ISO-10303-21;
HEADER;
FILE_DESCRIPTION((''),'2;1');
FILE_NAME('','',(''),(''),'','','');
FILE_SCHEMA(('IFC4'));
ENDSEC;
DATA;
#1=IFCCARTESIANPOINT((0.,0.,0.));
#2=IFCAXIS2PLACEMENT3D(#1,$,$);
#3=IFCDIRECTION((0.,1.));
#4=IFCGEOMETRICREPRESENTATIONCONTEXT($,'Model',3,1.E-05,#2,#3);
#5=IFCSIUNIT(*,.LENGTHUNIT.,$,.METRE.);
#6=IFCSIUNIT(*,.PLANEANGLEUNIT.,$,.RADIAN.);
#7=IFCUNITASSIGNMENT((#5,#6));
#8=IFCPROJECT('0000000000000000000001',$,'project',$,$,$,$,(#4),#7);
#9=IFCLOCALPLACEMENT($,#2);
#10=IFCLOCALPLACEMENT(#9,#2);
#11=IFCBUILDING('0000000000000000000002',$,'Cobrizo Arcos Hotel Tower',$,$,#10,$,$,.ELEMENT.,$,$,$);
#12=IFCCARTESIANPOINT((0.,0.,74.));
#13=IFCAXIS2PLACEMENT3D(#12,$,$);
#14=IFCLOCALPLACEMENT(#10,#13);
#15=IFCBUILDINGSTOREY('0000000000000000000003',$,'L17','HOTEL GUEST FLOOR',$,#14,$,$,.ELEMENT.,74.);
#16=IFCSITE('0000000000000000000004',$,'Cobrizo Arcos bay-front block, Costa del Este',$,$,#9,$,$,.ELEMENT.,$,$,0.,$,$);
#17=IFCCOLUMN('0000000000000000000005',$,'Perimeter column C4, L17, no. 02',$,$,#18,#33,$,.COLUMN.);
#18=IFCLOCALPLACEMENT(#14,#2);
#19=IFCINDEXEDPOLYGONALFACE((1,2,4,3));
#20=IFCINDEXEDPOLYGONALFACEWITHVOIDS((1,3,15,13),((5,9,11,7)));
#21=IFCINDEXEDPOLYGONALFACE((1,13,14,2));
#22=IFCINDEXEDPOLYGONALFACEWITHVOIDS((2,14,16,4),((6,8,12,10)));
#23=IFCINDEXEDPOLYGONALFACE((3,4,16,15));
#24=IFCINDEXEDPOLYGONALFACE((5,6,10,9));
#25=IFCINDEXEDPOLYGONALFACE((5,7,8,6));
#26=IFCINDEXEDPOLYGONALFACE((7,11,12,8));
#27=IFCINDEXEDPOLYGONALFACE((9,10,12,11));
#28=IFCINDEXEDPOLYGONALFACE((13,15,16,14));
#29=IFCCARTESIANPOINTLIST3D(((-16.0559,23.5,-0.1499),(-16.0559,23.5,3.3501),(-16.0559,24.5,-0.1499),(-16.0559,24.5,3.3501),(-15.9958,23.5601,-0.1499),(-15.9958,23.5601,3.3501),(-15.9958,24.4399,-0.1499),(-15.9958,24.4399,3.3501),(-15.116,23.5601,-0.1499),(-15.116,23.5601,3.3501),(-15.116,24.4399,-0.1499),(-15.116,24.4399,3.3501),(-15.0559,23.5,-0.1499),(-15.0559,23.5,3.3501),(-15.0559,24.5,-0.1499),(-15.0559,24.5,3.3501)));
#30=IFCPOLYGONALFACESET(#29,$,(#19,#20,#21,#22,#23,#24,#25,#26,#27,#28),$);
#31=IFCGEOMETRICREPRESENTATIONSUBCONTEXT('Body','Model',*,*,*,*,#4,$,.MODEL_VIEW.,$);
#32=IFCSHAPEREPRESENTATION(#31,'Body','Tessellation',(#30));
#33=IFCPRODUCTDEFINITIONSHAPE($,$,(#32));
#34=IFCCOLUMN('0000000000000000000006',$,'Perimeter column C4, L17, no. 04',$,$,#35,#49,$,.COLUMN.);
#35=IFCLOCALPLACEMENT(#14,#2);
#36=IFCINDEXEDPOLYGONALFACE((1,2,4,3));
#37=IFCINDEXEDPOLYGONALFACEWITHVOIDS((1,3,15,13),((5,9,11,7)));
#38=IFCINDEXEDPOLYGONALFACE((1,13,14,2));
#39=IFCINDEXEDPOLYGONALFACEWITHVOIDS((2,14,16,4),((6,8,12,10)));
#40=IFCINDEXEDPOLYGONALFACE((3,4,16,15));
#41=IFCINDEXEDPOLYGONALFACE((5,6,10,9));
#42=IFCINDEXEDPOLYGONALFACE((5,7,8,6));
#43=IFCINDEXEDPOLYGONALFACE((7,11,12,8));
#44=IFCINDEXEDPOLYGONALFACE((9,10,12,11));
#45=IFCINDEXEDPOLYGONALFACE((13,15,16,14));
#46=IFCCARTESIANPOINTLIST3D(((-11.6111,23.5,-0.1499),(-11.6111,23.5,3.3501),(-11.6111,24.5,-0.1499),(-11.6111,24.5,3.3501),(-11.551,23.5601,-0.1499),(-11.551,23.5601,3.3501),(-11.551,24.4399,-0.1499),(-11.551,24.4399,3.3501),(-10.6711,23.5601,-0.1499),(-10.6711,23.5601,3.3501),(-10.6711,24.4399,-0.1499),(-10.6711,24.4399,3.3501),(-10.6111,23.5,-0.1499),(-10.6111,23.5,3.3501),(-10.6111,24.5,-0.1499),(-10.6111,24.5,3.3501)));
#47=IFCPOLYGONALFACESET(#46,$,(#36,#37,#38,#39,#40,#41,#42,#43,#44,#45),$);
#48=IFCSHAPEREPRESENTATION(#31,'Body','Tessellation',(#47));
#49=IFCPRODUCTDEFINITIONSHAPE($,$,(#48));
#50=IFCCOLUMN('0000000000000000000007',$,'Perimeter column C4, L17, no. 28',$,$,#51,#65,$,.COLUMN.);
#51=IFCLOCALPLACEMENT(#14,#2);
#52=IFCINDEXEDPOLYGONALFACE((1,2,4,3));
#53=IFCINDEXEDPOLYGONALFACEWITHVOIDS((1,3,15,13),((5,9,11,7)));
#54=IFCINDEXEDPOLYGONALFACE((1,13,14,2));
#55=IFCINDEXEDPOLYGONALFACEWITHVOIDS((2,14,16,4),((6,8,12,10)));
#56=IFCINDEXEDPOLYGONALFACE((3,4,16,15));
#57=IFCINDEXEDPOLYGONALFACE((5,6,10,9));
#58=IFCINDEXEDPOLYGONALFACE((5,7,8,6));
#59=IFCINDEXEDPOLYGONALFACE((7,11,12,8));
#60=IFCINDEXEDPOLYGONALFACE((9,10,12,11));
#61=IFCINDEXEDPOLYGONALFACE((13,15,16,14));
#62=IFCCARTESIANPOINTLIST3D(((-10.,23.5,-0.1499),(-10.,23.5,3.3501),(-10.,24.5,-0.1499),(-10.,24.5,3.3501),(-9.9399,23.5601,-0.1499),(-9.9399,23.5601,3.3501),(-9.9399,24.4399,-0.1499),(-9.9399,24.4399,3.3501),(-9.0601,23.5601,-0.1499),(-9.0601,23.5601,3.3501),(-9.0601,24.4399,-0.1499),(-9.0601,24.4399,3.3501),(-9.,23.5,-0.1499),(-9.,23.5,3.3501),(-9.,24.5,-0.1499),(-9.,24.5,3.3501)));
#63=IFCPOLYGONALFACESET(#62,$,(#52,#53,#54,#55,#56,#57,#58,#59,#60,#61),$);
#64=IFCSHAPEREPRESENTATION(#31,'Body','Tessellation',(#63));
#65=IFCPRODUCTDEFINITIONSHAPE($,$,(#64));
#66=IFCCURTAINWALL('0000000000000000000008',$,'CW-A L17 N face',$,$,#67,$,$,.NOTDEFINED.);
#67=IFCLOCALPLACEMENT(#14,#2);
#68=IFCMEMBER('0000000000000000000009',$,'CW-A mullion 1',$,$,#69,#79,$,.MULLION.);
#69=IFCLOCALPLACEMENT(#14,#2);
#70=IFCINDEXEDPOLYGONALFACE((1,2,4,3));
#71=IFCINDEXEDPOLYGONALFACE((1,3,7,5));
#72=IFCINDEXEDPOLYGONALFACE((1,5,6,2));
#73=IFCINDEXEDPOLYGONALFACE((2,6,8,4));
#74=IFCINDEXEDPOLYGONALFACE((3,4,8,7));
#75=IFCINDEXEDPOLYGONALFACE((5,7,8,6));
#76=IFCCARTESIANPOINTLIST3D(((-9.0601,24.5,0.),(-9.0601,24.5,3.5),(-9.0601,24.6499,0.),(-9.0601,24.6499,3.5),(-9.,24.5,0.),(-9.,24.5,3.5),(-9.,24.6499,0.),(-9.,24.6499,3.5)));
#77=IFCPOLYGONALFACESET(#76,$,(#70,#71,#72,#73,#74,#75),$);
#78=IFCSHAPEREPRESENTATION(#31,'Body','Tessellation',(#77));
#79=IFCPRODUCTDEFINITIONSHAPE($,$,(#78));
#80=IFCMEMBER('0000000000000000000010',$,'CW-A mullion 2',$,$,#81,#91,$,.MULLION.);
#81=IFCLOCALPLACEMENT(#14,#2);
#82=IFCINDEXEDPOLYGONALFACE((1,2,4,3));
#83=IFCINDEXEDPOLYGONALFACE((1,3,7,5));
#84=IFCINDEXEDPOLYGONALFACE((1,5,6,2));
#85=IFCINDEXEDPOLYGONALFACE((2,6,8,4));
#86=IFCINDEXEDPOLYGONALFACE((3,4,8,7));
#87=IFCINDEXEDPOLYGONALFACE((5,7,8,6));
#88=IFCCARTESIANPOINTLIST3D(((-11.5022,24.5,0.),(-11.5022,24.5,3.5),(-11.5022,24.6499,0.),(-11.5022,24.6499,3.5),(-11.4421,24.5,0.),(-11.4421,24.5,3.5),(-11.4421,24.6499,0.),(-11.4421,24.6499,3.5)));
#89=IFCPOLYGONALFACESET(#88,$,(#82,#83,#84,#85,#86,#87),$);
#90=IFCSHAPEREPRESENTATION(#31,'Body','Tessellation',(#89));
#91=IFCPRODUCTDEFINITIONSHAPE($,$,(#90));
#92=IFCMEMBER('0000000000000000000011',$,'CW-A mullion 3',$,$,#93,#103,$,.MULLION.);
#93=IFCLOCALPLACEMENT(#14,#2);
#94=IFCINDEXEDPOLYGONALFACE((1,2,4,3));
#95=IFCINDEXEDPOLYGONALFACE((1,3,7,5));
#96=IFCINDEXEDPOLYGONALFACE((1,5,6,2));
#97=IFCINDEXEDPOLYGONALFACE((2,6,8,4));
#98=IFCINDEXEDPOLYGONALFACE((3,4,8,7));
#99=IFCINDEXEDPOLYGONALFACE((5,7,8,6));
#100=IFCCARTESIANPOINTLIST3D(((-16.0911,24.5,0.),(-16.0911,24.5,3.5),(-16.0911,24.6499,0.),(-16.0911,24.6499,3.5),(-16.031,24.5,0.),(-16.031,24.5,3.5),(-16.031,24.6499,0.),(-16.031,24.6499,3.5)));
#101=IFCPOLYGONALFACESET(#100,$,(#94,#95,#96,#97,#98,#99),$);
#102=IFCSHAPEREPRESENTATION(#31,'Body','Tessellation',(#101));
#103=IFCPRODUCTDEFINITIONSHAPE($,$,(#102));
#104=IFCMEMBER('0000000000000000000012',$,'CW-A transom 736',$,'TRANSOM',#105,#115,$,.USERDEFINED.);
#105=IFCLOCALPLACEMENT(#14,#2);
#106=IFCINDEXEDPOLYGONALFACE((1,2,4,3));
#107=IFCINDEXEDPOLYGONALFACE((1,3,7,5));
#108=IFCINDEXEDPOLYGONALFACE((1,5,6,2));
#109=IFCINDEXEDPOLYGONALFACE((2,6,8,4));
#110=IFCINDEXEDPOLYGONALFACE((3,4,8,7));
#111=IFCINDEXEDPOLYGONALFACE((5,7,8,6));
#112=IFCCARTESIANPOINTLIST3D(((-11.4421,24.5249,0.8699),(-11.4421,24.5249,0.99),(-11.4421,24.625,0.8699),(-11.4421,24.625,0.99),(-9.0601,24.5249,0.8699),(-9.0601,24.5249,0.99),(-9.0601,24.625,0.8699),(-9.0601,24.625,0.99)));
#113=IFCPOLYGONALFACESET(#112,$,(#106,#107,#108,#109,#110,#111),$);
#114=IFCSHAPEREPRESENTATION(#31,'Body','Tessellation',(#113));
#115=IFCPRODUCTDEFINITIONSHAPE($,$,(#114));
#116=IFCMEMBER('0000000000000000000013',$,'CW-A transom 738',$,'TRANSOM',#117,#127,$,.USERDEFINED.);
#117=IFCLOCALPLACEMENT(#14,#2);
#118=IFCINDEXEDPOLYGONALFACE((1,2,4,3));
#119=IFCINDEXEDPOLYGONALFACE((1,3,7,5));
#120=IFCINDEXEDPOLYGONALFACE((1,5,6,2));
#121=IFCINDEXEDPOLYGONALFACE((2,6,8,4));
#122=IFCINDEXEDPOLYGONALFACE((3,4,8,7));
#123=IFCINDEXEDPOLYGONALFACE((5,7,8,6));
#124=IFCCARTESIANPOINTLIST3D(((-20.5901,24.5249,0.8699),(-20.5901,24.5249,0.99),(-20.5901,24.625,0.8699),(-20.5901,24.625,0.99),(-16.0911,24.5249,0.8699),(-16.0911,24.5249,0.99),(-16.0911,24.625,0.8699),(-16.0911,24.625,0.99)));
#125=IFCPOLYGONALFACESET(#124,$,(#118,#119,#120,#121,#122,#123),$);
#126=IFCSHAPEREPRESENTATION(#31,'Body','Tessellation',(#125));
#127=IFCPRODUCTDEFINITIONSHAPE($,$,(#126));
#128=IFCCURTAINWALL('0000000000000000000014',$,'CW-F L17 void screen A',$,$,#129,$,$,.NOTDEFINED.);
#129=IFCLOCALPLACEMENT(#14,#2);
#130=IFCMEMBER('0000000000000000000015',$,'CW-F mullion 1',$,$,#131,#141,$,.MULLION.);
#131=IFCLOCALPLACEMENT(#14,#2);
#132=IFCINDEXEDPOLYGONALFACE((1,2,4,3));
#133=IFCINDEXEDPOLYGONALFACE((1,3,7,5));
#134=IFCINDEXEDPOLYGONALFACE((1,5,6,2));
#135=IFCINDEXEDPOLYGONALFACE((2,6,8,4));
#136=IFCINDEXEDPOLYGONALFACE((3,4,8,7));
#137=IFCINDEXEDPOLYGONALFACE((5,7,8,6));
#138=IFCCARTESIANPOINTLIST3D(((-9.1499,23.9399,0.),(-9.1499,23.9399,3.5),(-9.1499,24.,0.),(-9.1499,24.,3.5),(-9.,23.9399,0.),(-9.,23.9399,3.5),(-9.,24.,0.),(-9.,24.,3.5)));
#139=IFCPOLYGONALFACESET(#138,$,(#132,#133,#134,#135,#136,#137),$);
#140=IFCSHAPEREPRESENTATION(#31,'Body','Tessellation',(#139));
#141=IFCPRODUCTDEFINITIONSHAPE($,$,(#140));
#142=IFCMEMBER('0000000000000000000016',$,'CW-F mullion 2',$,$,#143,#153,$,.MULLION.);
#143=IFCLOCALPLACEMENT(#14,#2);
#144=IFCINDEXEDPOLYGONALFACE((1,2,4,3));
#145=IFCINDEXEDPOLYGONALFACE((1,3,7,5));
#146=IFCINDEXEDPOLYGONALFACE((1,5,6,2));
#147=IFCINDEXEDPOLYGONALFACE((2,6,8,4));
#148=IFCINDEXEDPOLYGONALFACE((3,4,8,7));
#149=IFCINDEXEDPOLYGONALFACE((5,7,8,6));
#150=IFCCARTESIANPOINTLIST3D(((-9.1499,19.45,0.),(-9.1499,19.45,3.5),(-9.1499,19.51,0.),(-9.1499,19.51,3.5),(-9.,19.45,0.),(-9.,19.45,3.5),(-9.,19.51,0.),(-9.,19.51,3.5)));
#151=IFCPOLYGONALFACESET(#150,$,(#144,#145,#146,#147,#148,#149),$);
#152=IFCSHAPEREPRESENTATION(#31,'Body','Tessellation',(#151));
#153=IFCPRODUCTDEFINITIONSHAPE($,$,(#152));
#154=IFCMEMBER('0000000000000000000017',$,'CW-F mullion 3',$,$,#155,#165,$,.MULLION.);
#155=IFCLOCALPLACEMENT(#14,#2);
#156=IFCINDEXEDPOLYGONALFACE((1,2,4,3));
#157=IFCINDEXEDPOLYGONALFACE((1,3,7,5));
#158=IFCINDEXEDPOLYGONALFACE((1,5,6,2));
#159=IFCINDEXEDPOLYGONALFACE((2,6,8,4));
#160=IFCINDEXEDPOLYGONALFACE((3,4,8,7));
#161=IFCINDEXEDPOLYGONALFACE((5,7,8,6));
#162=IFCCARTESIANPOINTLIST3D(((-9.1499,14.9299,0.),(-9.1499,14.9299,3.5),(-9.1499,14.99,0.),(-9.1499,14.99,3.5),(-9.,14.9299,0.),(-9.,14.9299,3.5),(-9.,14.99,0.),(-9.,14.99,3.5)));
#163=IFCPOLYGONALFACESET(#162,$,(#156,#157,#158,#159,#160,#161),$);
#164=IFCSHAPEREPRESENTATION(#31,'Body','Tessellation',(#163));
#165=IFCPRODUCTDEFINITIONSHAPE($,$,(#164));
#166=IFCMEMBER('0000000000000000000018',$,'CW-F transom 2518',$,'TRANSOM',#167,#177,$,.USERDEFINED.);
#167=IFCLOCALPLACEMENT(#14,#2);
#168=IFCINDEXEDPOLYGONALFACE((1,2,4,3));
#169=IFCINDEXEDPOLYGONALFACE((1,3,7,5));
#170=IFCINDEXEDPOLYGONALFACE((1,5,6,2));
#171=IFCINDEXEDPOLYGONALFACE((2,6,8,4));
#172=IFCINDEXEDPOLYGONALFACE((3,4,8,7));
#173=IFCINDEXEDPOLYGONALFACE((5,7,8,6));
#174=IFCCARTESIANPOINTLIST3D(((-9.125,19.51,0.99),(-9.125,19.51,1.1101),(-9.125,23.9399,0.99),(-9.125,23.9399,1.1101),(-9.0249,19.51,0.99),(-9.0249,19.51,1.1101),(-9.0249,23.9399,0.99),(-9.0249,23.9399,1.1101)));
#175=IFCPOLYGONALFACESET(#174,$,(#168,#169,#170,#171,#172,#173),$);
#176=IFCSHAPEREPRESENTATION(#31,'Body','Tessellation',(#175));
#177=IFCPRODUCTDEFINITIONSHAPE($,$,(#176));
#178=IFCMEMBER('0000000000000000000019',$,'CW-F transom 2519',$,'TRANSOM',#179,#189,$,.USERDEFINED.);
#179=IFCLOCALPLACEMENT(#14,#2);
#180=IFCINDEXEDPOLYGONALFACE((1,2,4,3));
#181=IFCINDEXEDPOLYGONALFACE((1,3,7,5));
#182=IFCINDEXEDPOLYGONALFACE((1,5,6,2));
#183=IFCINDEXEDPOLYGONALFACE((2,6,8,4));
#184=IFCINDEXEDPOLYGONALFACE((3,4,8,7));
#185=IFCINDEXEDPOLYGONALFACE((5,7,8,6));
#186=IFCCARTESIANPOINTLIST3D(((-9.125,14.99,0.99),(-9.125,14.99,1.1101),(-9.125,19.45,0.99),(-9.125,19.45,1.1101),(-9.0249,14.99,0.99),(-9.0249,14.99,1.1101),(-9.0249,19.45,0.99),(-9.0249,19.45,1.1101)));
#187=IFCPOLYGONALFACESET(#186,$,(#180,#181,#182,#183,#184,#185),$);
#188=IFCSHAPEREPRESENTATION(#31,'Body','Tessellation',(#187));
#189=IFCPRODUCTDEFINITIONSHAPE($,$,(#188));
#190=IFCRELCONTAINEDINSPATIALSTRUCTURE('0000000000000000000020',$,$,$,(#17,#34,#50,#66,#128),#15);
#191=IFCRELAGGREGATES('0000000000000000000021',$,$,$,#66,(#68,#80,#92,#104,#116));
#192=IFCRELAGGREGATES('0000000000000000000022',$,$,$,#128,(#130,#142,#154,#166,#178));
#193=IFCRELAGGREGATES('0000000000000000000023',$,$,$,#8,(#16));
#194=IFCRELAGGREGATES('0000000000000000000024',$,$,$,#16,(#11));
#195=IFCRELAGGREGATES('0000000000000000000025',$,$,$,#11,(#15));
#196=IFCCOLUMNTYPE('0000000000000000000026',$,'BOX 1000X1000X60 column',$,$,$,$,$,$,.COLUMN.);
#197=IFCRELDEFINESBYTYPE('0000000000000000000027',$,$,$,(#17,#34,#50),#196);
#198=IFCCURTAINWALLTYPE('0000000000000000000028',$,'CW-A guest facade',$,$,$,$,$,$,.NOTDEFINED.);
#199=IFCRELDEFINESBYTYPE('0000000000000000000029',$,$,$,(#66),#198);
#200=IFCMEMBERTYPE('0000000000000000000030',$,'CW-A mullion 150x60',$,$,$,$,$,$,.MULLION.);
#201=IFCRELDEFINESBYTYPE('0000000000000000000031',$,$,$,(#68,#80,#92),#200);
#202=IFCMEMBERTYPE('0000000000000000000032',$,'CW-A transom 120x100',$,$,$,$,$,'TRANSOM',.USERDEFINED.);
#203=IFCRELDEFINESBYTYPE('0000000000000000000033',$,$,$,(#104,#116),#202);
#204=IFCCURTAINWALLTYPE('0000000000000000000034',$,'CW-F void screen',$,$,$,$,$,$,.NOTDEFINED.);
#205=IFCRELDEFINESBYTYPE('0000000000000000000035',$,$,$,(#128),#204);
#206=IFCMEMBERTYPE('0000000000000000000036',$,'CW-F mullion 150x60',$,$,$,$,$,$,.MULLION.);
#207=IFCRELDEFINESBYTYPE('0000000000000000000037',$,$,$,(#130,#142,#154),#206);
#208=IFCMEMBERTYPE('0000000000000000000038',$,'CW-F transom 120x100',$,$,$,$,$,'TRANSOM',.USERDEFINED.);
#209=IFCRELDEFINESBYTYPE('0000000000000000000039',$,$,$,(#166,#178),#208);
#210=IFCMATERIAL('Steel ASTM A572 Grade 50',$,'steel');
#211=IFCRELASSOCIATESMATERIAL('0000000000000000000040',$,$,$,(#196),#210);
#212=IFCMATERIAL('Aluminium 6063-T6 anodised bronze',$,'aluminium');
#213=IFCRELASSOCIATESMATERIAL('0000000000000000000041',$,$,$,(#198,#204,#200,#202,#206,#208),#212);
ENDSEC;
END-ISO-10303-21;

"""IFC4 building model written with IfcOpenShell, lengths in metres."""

from ifc_helpers import new_model, si_unit, direction, frame, origin, origin_2d, place, context, subcontext, project, spatial, rectangle, hollow_rectangle, extrude, material, material_profile, profile_set, type_object, element, aggregate, save


model = new_model("IFC4")

# Units and contexts
model_context = context("Model", 3, precision=1e-05, world=origin(), true_north=direction((0.0, 1.0)))
body_context = subcontext(model_context, "Body", "Model", "MODEL_VIEW")
ifc_project = project(units=[si_unit("LENGTHUNIT", "METRE"), si_unit("PLANEANGLEUNIT", "RADIAN")], contexts=[model_context])

# Site, building, storey
site_placement = place(None, origin())
site = spatial("IfcSite", under=ifc_project, at=site_placement, Name="Cobrizo Arcos bay-front block, Costa del Este", CompositionType="ELEMENT", RefElevation=0.0)
building_placement = place(site_placement, origin())
building = spatial("IfcBuilding", under=site, at=building_placement, Name="Cobrizo Arcos Hotel Tower", CompositionType="ELEMENT")
storey_placement = place(building_placement, frame((0.0, 0.0, 74.0)))
storey = spatial("IfcBuildingStorey", under=building, at=storey_placement, Name="L17", Description="HOTEL GUEST FLOOR", CompositionType="ELEMENT", Elevation=74.0)

# Columns
ifc_material_1 = material(Name="Steel ASTM A572 Grade 50", Category="steel")
ifc_material_profile_1 = material_profile(ifc_material_1, hollow_rectangle(XDim=1.0, YDim=1.0, WallThickness=0.0601, at=origin_2d()), Name="BOX 1000X1000X60")
ifc_profile_set_1 = profile_set([ifc_material_profile_1], Name="Steel ASTM A572 Grade 50")
column_type = type_object("IfcColumnType", Name="BOX 1000X1000X60 column", PredefinedType="COLUMN", material=ifc_profile_set_1)
for number, where, z_axis, x_axis, name in (
    (1, (-15.5559, 24.0, -0.1499), (0.0, 0.0, 1.0), (1.0, 0.0, 0.0), "Perimeter column C4, L17, no. 02"),
    (2, (-11.1111, 24.0, -0.1499), (0.0, 0.0, 1.0), (1.0, 0.0, 0.0), "Perimeter column C4, L17, no. 04"),
    (3, (-9.5, 24.0, -0.1499), (0.0, 0.0, 1.0), (1.0, 0.0, 0.0), "Perimeter column C4, L17, no. 28"),
):
    element("IfcColumn", number, at=place(storey_placement, frame(where, z_axis=z_axis, x_axis=x_axis)), inside=storey, type_object=column_type, Name=name, PredefinedType="COLUMN", context=body_context, shape_type="SweptSolid", body=[
        extrude(hollow_rectangle(XDim=1.0, YDim=1.0, WallThickness=0.0601, at=origin_2d()), origin(), (0.0, 0.0, 1.0), 3.5),
    ])

# Curtain walls, members
ifc_material_2 = material(Name="Aluminium 6063-T6 anodised bronze", Category="aluminium")
curtain_wall_type_1 = type_object("IfcCurtainWallType", Name="CW-A guest facade", PredefinedType="NOTDEFINED", material=ifc_material_2)
curtain_wall_1_placement = place(storey_placement, origin())
curtain_wall_1 = element("IfcCurtainWall", 4, at=curtain_wall_1_placement, inside=storey, type_object=curtain_wall_type_1, Name="CW-A L17 N face", PredefinedType="NOTDEFINED")
ifc_material_profile_2 = material_profile(ifc_material_2, rectangle(XDim=0.1499, YDim=0.0601, at=origin_2d()), Name="CW-A mullion 150x60")
ifc_profile_set_2 = profile_set([ifc_material_profile_2], Name="Aluminium 6063-T6 anodised bronze")
member_type_1 = type_object("IfcMemberType", Name="CW-A mullion 150x60", PredefinedType="MULLION", material=ifc_profile_set_2)
member_1_placement = place(storey_placement, frame((-9.03, 24.575, 0.0), z_axis=(0.0, 0.0, 1.0), x_axis=(0.0, 1.0, 0.0)))
member_1 = element("IfcMember", 5, at=member_1_placement, type_object=member_type_1, Name="CW-A mullion 1", PredefinedType="MULLION", context=body_context, shape_type="SweptSolid", body=[
    extrude(rectangle(XDim=0.1499, YDim=0.0601, at=origin_2d()), origin(), (0.0, 0.0, 1.0), 3.5),
])
member_2_placement = place(storey_placement, frame((-11.4722, 24.575, 0.0), z_axis=(0.0, 0.0, 1.0), x_axis=(0.0, 1.0, 0.0)))
member_2 = element("IfcMember", 6, at=member_2_placement, type_object=member_type_1, Name="CW-A mullion 2", PredefinedType="MULLION", context=body_context, shape_type="SweptSolid", body=[
    extrude(rectangle(XDim=0.1499, YDim=0.0601, at=origin_2d()), origin(), (0.0, 0.0, 1.0), 3.5),
])
member_3_placement = place(storey_placement, frame((-16.061, 24.575, 0.0), z_axis=(0.0, 0.0, 1.0), x_axis=(0.0, 1.0, 0.0)))
member_3 = element("IfcMember", 7, at=member_3_placement, type_object=member_type_1, Name="CW-A mullion 3", PredefinedType="MULLION", context=body_context, shape_type="SweptSolid", body=[
    extrude(rectangle(XDim=0.1499, YDim=0.0601, at=origin_2d()), origin(), (0.0, 0.0, 1.0), 3.5),
])
ifc_material_profile_3 = material_profile(ifc_material_2, rectangle(XDim=0.1001, YDim=0.1201, at=origin_2d()), Name="CW-A transom 120x100")
ifc_profile_set_3 = profile_set([ifc_material_profile_3], Name="Aluminium 6063-T6 anodised bronze")
member_type_2 = type_object("IfcMemberType", Name="CW-A transom 120x100", ElementType="TRANSOM", PredefinedType="USERDEFINED", material=ifc_profile_set_3)
member_4_placement = place(storey_placement, frame((-9.0601, 24.575, 0.9299), z_axis=(-1.0, 0.0, 0.0), x_axis=(0.0, -1.0, 0.0)))
member_4 = element("IfcMember", 8, at=member_4_placement, type_object=member_type_2, Name="CW-A transom 736", ObjectType="TRANSOM", PredefinedType="USERDEFINED", context=body_context, shape_type="SweptSolid", body=[
    extrude(rectangle(XDim=0.1001, YDim=0.1201, at=origin_2d()), origin(), (0.0, 0.0, 1.0), 2.3821),
])
member_5_placement = place(storey_placement, frame((-16.0911, 24.575, 0.9299), z_axis=(-1.0, 0.0, 0.0), x_axis=(0.0, -1.0, 0.0)))
member_5 = element("IfcMember", 9, at=member_5_placement, type_object=member_type_2, Name="CW-A transom 738", ObjectType="TRANSOM", PredefinedType="USERDEFINED", context=body_context, shape_type="SweptSolid", body=[
    extrude(rectangle(XDim=0.1001, YDim=0.1201, at=origin_2d()), origin(), (0.0, 0.0, 1.0), 4.499),
])
curtain_wall_type_2 = type_object("IfcCurtainWallType", Name="CW-F void screen", PredefinedType="NOTDEFINED", material=ifc_material_2)
curtain_wall_2_placement = place(storey_placement, origin())
curtain_wall_2 = element("IfcCurtainWall", 10, at=curtain_wall_2_placement, inside=storey, type_object=curtain_wall_type_2, Name="CW-F L17 void screen A", PredefinedType="NOTDEFINED")
ifc_material_profile_4 = material_profile(ifc_material_2, rectangle(XDim=0.1499, YDim=0.0601, at=origin_2d()), Name="CW-F mullion 150x60")
ifc_profile_set_4 = profile_set([ifc_material_profile_4], Name="Aluminium 6063-T6 anodised bronze")
member_type_3 = type_object("IfcMemberType", Name="CW-F mullion 150x60", PredefinedType="MULLION", material=ifc_profile_set_4)
member_6_placement = place(storey_placement, frame((-9.075, 23.97, 0.0), z_axis=(0.0, 0.0, 1.0), x_axis=(-1.0, 0.0, 0.0)))
member_6 = element("IfcMember", 11, at=member_6_placement, type_object=member_type_3, Name="CW-F mullion 1", PredefinedType="MULLION", context=body_context, shape_type="SweptSolid", body=[
    extrude(rectangle(XDim=0.1499, YDim=0.0601, at=origin_2d()), origin(), (0.0, 0.0, 1.0), 3.5),
])
member_7_placement = place(storey_placement, frame((-9.075, 19.48, 0.0), z_axis=(0.0, 0.0, 1.0), x_axis=(-1.0, 0.0, 0.0)))
member_7 = element("IfcMember", 12, at=member_7_placement, type_object=member_type_3, Name="CW-F mullion 2", PredefinedType="MULLION", context=body_context, shape_type="SweptSolid", body=[
    extrude(rectangle(XDim=0.1499, YDim=0.0601, at=origin_2d()), origin(), (0.0, 0.0, 1.0), 3.5),
])
member_8_placement = place(storey_placement, frame((-9.075, 14.96, 0.0), z_axis=(0.0, 0.0, 1.0), x_axis=(-1.0, 0.0, 0.0)))
member_8 = element("IfcMember", 13, at=member_8_placement, type_object=member_type_3, Name="CW-F mullion 3", PredefinedType="MULLION", context=body_context, shape_type="SweptSolid", body=[
    extrude(rectangle(XDim=0.1499, YDim=0.0601, at=origin_2d()), origin(), (0.0, 0.0, 1.0), 3.5),
])
ifc_material_profile_5 = material_profile(ifc_material_2, rectangle(XDim=0.1001, YDim=0.1201, at=origin_2d()), Name="CW-F transom 120x100")
ifc_profile_set_5 = profile_set([ifc_material_profile_5], Name="Aluminium 6063-T6 anodised bronze")
member_type_4 = type_object("IfcMemberType", Name="CW-F transom 120x100", ElementType="TRANSOM", PredefinedType="USERDEFINED", material=ifc_profile_set_5)
member_9_placement = place(storey_placement, frame((-9.075, 23.9399, 1.05), z_axis=(0.0, -1.0, 0.0), x_axis=(1.0, 0.0, 0.0)))
member_9 = element("IfcMember", 14, at=member_9_placement, type_object=member_type_4, Name="CW-F transom 2518", ObjectType="TRANSOM", PredefinedType="USERDEFINED", context=body_context, shape_type="SweptSolid", body=[
    extrude(rectangle(XDim=0.1001, YDim=0.1201, at=origin_2d()), origin(), (0.0, 0.0, 1.0), 4.4299),
])
member_10_placement = place(storey_placement, frame((-9.075, 19.45, 1.05), z_axis=(0.0, -1.0, 0.0), x_axis=(1.0, 0.0, 0.0)))
member_10 = element("IfcMember", 15, at=member_10_placement, type_object=member_type_4, Name="CW-F transom 2519", ObjectType="TRANSOM", PredefinedType="USERDEFINED", context=body_context, shape_type="SweptSolid", body=[
    extrude(rectangle(XDim=0.1001, YDim=0.1201, at=origin_2d()), origin(), (0.0, 0.0, 1.0), 4.46),
])

aggregate(curtain_wall_1, [member_1, member_2, member_3, member_4, member_5])
aggregate(curtain_wall_2, [member_6, member_7, member_8, member_9, member_10])

save(model, "model.ifc")
